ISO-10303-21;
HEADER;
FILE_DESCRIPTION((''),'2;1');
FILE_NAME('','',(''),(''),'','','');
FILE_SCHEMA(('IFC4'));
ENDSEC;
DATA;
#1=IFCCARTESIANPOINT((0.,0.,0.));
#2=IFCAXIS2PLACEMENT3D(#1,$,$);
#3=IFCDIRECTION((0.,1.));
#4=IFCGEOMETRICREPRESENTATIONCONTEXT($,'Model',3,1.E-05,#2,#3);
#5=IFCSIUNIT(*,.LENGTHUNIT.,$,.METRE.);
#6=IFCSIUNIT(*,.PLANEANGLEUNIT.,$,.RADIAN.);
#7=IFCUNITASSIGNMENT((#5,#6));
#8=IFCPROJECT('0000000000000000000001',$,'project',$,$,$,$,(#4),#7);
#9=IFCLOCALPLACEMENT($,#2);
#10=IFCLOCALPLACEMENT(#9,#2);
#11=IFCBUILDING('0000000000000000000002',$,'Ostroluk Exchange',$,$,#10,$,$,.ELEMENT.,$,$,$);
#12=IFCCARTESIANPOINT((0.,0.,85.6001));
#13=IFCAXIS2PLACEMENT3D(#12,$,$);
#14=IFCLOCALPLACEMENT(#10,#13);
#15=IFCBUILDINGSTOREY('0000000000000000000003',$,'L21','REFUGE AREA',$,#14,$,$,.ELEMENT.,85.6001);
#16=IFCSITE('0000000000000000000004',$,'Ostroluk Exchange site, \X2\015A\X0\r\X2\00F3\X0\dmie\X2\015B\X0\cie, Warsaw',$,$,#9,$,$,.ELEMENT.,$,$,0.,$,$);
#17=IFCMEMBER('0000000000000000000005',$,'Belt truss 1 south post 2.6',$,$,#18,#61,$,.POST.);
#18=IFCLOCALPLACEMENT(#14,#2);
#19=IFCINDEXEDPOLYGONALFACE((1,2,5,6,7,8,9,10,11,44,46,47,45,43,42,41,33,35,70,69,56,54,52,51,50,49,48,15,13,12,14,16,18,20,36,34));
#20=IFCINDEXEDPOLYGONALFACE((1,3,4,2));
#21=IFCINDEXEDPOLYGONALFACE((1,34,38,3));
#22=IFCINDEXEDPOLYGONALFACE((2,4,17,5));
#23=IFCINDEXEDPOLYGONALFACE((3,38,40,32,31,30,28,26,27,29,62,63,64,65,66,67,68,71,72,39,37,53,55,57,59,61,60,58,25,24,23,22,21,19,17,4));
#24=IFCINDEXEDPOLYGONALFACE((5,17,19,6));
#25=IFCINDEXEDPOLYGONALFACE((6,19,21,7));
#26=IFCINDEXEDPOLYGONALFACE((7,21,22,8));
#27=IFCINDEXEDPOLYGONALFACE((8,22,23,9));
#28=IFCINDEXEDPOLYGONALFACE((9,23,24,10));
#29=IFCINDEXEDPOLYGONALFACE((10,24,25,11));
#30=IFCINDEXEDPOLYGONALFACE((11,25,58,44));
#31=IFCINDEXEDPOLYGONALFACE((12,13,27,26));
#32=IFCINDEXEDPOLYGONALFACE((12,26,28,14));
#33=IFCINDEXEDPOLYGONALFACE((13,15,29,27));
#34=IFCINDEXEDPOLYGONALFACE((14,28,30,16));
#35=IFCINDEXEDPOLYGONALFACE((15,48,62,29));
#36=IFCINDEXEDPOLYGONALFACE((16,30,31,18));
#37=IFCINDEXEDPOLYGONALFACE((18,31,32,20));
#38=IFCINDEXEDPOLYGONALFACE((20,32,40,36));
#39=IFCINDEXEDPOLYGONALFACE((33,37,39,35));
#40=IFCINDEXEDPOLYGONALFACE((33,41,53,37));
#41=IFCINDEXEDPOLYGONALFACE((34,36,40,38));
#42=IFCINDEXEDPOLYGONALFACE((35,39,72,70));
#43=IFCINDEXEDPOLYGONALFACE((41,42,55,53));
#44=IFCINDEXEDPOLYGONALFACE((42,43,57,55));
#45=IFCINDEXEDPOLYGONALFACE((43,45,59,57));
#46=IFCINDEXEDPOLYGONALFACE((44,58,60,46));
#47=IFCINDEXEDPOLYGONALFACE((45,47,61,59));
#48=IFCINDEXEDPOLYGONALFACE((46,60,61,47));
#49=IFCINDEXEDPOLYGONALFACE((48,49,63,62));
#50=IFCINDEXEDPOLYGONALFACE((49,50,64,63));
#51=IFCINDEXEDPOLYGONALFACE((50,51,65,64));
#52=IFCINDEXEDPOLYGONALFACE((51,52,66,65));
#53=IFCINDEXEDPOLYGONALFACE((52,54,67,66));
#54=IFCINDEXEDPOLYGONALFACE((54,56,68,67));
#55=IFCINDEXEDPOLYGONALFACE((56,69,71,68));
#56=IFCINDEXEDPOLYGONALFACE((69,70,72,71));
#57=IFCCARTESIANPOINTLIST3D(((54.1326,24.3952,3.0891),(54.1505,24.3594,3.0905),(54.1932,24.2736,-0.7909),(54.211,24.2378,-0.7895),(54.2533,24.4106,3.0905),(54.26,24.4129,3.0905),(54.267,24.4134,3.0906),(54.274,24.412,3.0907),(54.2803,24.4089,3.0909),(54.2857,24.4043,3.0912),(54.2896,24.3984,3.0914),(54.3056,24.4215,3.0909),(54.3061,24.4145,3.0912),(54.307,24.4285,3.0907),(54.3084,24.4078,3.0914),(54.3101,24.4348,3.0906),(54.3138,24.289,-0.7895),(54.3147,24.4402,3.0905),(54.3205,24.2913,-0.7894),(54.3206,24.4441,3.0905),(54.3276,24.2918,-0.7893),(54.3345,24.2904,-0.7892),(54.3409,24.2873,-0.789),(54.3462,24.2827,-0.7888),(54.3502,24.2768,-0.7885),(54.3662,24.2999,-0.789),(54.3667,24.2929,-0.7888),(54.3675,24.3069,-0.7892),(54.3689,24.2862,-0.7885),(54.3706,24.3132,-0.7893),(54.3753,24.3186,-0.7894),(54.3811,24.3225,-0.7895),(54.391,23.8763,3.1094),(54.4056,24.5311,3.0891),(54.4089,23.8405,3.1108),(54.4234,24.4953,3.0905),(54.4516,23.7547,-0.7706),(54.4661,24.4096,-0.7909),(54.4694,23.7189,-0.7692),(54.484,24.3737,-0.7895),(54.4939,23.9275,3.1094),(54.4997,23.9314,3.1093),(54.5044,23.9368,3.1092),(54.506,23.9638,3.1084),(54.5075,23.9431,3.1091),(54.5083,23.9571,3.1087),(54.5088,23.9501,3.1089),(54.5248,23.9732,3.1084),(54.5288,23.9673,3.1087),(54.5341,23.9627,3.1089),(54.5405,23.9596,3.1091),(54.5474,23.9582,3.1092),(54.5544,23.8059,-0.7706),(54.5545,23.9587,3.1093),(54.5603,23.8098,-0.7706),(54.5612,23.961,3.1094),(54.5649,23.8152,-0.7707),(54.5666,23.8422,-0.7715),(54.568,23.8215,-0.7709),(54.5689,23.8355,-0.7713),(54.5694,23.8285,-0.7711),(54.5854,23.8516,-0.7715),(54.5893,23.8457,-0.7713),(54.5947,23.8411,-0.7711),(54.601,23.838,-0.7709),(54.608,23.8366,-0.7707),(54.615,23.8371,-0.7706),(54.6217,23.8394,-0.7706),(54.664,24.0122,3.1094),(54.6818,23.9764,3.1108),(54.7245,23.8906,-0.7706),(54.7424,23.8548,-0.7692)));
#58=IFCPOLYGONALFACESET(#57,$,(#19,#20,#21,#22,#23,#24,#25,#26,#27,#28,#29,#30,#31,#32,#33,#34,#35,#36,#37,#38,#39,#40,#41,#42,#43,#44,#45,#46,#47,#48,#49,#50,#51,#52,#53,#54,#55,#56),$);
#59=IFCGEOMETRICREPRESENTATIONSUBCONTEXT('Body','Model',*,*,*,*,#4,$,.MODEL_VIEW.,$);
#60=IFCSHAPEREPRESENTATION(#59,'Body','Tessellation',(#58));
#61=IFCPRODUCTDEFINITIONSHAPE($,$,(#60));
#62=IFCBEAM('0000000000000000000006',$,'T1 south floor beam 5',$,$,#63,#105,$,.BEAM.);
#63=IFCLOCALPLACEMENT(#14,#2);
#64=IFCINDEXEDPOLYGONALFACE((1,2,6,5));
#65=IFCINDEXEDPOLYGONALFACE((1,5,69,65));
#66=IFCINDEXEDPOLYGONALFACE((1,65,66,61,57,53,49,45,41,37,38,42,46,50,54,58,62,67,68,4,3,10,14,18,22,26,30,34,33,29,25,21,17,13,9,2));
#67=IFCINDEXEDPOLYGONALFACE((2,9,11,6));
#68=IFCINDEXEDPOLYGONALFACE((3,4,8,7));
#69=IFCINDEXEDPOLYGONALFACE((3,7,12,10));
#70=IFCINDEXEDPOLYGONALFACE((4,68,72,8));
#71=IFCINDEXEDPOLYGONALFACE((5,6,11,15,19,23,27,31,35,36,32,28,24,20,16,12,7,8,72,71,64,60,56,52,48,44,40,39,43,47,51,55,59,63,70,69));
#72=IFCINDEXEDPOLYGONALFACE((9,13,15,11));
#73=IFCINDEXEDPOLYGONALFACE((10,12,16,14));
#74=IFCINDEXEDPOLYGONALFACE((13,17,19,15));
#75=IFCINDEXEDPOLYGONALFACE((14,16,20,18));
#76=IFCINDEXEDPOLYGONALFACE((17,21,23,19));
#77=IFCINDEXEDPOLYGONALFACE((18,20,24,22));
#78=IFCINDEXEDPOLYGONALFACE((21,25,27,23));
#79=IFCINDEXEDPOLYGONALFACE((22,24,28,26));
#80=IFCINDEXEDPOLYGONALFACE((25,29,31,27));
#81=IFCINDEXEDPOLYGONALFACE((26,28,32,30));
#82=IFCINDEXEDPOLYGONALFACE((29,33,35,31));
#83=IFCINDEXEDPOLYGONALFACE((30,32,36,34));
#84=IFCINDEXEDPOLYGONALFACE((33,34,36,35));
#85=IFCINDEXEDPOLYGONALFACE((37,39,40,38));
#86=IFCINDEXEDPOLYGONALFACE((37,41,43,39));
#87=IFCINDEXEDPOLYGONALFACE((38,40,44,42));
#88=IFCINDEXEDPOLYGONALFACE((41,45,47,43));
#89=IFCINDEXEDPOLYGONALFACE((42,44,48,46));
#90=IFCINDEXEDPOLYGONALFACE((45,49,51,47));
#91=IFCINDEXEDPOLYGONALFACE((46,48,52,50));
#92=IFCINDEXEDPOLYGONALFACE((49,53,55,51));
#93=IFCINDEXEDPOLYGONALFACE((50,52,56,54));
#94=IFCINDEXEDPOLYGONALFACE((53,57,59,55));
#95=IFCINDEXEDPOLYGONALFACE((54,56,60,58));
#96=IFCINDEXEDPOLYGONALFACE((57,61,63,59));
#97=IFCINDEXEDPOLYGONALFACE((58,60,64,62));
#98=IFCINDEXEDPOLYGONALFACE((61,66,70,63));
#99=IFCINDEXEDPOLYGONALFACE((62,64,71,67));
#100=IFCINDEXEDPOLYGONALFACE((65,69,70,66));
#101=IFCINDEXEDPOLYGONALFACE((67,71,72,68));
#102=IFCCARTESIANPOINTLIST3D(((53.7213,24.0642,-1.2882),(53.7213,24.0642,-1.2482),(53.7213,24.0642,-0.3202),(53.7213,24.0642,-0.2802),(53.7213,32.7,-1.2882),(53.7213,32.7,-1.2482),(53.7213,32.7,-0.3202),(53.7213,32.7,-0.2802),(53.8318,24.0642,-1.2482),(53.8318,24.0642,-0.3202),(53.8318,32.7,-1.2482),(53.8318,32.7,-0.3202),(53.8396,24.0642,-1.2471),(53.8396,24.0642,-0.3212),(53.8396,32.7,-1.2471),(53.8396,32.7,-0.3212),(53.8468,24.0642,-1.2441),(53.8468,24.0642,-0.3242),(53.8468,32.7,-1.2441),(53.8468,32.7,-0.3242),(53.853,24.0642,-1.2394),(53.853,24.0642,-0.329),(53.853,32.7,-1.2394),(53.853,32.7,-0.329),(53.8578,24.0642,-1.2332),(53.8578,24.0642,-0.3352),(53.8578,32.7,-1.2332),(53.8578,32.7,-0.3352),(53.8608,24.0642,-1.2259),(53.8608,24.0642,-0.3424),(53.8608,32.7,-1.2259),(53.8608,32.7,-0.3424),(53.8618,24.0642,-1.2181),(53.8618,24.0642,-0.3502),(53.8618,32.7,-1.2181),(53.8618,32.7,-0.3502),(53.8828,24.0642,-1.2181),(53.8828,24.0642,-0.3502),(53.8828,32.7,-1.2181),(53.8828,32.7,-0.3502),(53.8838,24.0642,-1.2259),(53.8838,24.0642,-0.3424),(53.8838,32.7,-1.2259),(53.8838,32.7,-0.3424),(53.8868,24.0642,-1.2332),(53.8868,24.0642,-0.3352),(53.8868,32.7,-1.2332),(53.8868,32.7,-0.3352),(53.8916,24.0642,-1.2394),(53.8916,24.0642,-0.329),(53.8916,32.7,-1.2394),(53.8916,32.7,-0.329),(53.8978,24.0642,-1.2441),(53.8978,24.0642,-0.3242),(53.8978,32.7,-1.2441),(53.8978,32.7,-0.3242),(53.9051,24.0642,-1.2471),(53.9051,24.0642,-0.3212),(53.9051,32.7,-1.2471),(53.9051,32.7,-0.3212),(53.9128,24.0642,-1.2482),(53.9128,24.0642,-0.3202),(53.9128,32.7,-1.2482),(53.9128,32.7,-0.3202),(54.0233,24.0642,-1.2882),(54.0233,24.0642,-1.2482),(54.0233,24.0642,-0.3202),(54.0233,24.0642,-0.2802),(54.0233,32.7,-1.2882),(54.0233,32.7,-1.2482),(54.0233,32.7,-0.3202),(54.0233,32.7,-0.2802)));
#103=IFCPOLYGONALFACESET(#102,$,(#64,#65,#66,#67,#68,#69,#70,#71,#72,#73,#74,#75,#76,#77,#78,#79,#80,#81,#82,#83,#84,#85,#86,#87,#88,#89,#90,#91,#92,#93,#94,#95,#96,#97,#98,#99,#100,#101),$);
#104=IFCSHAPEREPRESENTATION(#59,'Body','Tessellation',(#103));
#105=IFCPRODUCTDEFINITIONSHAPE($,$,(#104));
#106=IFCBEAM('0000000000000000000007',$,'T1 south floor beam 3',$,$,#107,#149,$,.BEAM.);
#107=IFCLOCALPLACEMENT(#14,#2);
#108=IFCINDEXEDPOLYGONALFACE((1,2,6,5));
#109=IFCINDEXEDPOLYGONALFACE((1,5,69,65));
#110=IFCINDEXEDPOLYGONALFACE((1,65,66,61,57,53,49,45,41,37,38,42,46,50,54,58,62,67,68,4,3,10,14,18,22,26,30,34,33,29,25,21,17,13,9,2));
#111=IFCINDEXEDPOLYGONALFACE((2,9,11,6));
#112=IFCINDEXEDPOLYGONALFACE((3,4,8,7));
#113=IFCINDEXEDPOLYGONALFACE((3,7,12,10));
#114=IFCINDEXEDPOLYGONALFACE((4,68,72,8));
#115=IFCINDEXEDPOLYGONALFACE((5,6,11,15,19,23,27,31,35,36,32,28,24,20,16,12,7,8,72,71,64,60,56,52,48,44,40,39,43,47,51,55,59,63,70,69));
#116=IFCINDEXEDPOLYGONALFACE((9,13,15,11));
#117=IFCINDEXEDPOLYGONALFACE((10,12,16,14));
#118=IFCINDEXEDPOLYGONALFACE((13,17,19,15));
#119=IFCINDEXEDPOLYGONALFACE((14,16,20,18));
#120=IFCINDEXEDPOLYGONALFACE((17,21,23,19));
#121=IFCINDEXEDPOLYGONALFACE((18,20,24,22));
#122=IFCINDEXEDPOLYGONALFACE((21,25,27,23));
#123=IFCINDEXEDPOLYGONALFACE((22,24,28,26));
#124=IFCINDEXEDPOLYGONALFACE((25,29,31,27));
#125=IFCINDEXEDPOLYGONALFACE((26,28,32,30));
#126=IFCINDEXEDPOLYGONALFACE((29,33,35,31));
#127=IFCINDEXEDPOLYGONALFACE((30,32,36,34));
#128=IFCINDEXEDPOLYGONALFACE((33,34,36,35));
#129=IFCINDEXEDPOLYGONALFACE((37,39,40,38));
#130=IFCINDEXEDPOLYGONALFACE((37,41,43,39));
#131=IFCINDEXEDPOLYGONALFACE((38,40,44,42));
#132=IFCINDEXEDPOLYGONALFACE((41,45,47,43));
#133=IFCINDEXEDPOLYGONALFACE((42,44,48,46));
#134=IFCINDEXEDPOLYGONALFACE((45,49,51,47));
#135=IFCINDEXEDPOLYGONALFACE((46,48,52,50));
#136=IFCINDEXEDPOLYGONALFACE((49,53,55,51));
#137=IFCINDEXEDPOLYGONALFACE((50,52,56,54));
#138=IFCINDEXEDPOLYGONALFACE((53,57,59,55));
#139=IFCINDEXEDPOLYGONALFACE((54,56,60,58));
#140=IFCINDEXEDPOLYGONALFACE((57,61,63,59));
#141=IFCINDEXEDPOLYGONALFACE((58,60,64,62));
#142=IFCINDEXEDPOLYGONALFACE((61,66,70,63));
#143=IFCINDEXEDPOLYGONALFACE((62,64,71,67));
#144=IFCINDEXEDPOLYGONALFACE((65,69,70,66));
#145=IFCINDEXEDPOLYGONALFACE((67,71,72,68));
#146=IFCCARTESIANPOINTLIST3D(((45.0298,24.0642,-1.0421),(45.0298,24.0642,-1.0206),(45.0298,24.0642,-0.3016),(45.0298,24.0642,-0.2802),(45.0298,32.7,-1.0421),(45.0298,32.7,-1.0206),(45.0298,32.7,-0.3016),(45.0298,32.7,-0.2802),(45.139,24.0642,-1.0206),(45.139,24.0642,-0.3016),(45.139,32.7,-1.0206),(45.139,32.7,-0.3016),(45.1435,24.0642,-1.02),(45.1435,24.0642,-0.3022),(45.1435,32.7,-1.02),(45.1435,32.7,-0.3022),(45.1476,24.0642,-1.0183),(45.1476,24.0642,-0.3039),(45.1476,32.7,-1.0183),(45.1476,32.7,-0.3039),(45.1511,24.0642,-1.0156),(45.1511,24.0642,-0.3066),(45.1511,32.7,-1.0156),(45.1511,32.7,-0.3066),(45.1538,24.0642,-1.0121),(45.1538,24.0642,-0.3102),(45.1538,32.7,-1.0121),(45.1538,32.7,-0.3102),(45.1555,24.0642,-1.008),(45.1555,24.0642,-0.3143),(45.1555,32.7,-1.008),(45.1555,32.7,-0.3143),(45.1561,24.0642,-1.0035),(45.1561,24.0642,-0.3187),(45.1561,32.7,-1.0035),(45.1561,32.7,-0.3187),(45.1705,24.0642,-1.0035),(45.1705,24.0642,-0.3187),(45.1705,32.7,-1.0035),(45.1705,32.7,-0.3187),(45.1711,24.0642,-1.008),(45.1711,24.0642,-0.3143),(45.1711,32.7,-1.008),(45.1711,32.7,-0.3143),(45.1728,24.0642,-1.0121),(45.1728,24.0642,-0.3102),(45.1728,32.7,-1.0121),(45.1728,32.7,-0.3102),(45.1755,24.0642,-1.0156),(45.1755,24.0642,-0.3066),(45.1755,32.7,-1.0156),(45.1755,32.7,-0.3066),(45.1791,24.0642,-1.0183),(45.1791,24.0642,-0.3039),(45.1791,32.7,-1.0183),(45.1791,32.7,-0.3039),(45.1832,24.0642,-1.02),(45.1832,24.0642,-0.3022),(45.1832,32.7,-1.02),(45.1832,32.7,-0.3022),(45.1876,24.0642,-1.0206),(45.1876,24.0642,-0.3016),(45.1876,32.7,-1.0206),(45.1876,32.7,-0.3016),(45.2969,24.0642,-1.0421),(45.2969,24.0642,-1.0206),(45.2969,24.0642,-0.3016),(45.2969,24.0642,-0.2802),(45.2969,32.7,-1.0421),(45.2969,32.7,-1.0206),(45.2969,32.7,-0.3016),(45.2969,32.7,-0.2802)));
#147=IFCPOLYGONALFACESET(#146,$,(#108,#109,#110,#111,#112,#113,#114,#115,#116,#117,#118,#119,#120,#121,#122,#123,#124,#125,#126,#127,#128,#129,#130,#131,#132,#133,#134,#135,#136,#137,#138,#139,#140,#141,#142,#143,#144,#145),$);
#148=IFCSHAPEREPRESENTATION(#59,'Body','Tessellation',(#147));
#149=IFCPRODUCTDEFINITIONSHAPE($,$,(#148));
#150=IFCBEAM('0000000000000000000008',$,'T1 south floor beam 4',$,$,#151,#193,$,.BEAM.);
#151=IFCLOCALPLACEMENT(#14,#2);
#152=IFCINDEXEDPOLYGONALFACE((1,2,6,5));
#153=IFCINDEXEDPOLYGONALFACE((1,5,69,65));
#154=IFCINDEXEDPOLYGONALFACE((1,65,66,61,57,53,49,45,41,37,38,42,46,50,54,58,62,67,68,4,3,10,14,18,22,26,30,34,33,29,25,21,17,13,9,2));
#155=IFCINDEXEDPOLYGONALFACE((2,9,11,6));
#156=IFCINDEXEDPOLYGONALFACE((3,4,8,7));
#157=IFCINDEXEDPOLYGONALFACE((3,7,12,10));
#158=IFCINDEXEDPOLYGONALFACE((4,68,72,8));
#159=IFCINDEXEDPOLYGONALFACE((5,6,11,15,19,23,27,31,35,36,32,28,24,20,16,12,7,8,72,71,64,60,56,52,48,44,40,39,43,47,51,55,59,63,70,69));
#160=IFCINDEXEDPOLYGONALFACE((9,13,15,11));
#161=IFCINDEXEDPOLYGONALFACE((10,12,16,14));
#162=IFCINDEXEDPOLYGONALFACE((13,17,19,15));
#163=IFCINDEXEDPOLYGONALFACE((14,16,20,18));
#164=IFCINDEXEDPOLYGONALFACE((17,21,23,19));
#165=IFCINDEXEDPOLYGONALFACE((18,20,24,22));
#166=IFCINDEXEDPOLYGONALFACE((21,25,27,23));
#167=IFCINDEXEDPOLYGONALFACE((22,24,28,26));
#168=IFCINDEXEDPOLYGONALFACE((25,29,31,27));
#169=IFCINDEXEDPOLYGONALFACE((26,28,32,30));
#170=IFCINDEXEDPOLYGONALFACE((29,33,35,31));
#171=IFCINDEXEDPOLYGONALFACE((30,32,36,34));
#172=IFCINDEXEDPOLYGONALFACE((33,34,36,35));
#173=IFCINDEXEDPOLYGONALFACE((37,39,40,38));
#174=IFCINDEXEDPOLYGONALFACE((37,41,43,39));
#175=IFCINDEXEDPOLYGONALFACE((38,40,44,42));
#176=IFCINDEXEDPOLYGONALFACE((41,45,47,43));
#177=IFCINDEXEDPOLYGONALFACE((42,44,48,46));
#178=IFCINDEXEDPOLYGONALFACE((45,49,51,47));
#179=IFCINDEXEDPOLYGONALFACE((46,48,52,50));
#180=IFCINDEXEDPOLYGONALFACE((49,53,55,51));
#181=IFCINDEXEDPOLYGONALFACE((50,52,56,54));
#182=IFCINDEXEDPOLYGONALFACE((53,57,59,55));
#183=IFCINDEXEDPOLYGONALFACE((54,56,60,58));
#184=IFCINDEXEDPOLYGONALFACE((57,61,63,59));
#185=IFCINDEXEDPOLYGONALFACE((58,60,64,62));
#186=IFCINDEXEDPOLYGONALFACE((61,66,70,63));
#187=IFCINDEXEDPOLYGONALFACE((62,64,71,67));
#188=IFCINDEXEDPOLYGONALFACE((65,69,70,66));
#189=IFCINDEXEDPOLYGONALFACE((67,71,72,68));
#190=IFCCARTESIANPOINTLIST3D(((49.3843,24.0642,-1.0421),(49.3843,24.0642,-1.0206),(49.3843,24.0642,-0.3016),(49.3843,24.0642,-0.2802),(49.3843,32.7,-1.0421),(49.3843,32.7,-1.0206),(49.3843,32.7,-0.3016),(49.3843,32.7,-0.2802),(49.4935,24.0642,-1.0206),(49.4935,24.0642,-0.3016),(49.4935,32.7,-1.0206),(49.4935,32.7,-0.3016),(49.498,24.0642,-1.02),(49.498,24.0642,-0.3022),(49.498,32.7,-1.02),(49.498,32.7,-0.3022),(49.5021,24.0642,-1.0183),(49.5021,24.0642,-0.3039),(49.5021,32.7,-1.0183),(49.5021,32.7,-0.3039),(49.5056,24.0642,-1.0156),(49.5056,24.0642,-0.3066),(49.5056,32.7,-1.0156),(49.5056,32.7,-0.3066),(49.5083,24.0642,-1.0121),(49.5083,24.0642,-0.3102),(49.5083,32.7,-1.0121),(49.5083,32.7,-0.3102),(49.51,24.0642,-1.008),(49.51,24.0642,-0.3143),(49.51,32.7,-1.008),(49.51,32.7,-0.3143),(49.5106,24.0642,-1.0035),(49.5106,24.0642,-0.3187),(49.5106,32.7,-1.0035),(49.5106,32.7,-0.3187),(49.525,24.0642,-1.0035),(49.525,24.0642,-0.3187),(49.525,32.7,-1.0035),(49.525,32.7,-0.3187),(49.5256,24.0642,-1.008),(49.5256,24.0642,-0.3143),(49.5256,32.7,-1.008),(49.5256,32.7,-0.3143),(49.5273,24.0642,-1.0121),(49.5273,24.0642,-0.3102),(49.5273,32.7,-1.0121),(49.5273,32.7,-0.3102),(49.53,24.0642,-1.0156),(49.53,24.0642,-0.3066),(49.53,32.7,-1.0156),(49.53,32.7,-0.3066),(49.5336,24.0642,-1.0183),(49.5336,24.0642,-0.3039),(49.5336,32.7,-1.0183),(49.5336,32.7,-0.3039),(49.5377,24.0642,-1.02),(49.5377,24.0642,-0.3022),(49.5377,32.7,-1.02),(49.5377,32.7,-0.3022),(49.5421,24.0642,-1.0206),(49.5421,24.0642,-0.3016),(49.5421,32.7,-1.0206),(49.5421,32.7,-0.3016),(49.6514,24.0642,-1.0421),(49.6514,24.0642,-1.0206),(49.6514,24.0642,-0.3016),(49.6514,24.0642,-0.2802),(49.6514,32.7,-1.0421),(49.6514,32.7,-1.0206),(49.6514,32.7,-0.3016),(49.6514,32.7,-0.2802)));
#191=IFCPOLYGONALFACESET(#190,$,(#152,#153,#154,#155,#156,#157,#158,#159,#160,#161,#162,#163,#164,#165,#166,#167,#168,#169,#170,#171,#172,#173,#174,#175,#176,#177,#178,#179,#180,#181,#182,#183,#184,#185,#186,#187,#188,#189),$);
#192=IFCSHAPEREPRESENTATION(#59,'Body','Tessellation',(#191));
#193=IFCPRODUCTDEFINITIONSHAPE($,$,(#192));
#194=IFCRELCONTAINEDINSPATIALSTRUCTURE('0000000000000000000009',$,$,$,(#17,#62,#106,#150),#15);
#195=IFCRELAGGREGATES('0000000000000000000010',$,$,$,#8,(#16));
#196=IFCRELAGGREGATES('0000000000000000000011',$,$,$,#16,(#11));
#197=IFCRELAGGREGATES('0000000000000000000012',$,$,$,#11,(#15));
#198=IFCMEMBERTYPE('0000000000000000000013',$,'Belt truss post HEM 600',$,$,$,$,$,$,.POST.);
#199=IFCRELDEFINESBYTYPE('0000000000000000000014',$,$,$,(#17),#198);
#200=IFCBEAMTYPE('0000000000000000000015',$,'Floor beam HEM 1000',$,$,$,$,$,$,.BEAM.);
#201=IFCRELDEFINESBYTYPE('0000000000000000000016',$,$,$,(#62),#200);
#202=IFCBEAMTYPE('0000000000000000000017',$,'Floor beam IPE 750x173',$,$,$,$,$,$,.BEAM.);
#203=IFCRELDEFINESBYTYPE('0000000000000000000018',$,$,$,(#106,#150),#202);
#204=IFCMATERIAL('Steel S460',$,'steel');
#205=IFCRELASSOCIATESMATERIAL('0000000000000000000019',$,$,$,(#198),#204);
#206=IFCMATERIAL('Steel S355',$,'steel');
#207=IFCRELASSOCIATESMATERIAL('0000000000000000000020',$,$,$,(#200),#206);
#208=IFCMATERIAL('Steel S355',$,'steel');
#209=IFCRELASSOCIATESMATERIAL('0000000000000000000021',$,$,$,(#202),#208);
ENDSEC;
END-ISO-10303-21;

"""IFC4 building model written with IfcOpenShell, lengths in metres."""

from ifc_helpers import new_model, si_unit, direction, frame, origin, origin_2d, place, context, subcontext, project, spatial, i_section, extrude, material, material_profile, profile_set, type_object, element, save


model = new_model("IFC4")

# Units and contexts
model_context = context("Model", 3, precision=1e-05, world=origin(), true_north=direction((0.0, 1.0)))
body_context = subcontext(model_context, "Body", "Model", "MODEL_VIEW")
ifc_project = project(units=[si_unit("LENGTHUNIT", "METRE"), si_unit("PLANEANGLEUNIT", "RADIAN")], contexts=[model_context])

# Site, building, storey
site_placement = place(None, origin())
site = spatial("IfcSite", under=ifc_project, at=site_placement, Name="Ostroluk Exchange site, Śródmieście, Warsaw", CompositionType="ELEMENT", RefElevation=0.0)
building_placement = place(site_placement, origin())
building = spatial("IfcBuilding", under=site, at=building_placement, Name="Ostroluk Exchange", CompositionType="ELEMENT")
storey_placement = place(building_placement, frame((0.0, 0.0, 85.6001)))
storey = spatial("IfcBuildingStorey", under=building, at=storey_placement, Name="L21", Description="REFUGE AREA", CompositionType="ELEMENT", Elevation=85.6001)

# Member
ifc_material_1 = material(Name="Steel S460", Category="steel")
ifc_material_profile_1 = material_profile(ifc_material_1, i_section(OverallWidth=0.3049, OverallDepth=0.6201, WebThickness=0.021, FlangeThickness=0.04, FilletRadius=0.0271, at=origin_2d()), Name="HEM 600")
ifc_profile_set_1 = profile_set([ifc_material_profile_1], Name="Steel S460")
member_type_1 = type_object("IfcMemberType", Name="Belt truss post HEM 600", PredefinedType="POST", material=ifc_profile_set_1)
member_1_placement = place(storey_placement, frame((54.4678, 24.0642, -0.78), z_axis=(-0.015596, 0.031317, 0.999388), x_axis=(-0.895145, -0.445775, 0.0)))
element("IfcMember", 1, at=member_1_placement, inside=storey, type_object=member_type_1, Name="Belt truss 1 south post 2.6", PredefinedType="POST", context=body_context, shape_type="SweptSolid", body=[
    extrude(i_section(OverallWidth=0.3049, OverallDepth=0.6201, WebThickness=0.021, FlangeThickness=0.04, FilletRadius=0.0271, at=origin_2d()), origin(), (0.0, 0.0, 1.0), 3.8823),
])

# Beams
ifc_material_2 = material(Name="Steel S355", Category="steel")
ifc_material_profile_2 = material_profile(ifc_material_2, i_section(OverallWidth=0.302, OverallDepth=1.0081, WebThickness=0.021, FlangeThickness=0.04, FilletRadius=0.03, at=origin_2d()), Name="HEM 1000")
ifc_profile_set_2 = profile_set([ifc_material_profile_2], Name="Steel S355")
beam_type_1 = type_object("IfcBeamType", Name="Floor beam HEM 1000", PredefinedType="BEAM", material=ifc_profile_set_2)
beam_placement = place(storey_placement, frame((53.8723, 32.7, -0.7842), z_axis=(0.0, -1.0, 0.0), x_axis=(1.0, 0.0, 0.0)))
element("IfcBeam", 2, at=beam_placement, inside=storey, type_object=beam_type_1, Name="T1 south floor beam 5", PredefinedType="BEAM", context=body_context, shape_type="SweptSolid", body=[
    extrude(i_section(OverallWidth=0.302, OverallDepth=1.0081, WebThickness=0.021, FlangeThickness=0.04, FilletRadius=0.03, at=origin_2d()), origin(), (0.0, 0.0, 1.0), 8.6357),
])
ifc_material_3 = material(Name="Steel S355", Category="steel")
ifc_material_profile_3 = material_profile(ifc_material_3, i_section(OverallWidth=0.2671, OverallDepth=0.762, WebThickness=0.0144, FlangeThickness=0.0215, FilletRadius=0.0171, at=origin_2d()), Name="IPE 750x173")
ifc_profile_set_3 = profile_set([ifc_material_profile_3], Name="Steel S355")
beam_type_2 = type_object("IfcBeamType", Name="Floor beam IPE 750x173", PredefinedType="BEAM", material=ifc_profile_set_3)
for number, where, z_axis, x_axis, name in (
    (3, (45.1633, 32.7, -0.6611), (0.0, -1.0, 0.0), (1.0, 0.0, 0.0), "T1 south floor beam 3"),
    (4, (49.5178, 32.7, -0.6611), (0.0, -1.0, 0.0), (1.0, 0.0, 0.0), "T1 south floor beam 4"),
):
    element("IfcBeam", number, at=place(storey_placement, frame(where, z_axis=z_axis, x_axis=x_axis)), inside=storey, type_object=beam_type_2, Name=name, PredefinedType="BEAM", context=body_context, shape_type="SweptSolid", body=[
        extrude(i_section(OverallWidth=0.2671, OverallDepth=0.762, WebThickness=0.0144, FlangeThickness=0.0215, FilletRadius=0.0171, at=origin_2d()), origin(), (0.0, 0.0, 1.0), 8.6357),
    ])

save(model, "model.ifc")
